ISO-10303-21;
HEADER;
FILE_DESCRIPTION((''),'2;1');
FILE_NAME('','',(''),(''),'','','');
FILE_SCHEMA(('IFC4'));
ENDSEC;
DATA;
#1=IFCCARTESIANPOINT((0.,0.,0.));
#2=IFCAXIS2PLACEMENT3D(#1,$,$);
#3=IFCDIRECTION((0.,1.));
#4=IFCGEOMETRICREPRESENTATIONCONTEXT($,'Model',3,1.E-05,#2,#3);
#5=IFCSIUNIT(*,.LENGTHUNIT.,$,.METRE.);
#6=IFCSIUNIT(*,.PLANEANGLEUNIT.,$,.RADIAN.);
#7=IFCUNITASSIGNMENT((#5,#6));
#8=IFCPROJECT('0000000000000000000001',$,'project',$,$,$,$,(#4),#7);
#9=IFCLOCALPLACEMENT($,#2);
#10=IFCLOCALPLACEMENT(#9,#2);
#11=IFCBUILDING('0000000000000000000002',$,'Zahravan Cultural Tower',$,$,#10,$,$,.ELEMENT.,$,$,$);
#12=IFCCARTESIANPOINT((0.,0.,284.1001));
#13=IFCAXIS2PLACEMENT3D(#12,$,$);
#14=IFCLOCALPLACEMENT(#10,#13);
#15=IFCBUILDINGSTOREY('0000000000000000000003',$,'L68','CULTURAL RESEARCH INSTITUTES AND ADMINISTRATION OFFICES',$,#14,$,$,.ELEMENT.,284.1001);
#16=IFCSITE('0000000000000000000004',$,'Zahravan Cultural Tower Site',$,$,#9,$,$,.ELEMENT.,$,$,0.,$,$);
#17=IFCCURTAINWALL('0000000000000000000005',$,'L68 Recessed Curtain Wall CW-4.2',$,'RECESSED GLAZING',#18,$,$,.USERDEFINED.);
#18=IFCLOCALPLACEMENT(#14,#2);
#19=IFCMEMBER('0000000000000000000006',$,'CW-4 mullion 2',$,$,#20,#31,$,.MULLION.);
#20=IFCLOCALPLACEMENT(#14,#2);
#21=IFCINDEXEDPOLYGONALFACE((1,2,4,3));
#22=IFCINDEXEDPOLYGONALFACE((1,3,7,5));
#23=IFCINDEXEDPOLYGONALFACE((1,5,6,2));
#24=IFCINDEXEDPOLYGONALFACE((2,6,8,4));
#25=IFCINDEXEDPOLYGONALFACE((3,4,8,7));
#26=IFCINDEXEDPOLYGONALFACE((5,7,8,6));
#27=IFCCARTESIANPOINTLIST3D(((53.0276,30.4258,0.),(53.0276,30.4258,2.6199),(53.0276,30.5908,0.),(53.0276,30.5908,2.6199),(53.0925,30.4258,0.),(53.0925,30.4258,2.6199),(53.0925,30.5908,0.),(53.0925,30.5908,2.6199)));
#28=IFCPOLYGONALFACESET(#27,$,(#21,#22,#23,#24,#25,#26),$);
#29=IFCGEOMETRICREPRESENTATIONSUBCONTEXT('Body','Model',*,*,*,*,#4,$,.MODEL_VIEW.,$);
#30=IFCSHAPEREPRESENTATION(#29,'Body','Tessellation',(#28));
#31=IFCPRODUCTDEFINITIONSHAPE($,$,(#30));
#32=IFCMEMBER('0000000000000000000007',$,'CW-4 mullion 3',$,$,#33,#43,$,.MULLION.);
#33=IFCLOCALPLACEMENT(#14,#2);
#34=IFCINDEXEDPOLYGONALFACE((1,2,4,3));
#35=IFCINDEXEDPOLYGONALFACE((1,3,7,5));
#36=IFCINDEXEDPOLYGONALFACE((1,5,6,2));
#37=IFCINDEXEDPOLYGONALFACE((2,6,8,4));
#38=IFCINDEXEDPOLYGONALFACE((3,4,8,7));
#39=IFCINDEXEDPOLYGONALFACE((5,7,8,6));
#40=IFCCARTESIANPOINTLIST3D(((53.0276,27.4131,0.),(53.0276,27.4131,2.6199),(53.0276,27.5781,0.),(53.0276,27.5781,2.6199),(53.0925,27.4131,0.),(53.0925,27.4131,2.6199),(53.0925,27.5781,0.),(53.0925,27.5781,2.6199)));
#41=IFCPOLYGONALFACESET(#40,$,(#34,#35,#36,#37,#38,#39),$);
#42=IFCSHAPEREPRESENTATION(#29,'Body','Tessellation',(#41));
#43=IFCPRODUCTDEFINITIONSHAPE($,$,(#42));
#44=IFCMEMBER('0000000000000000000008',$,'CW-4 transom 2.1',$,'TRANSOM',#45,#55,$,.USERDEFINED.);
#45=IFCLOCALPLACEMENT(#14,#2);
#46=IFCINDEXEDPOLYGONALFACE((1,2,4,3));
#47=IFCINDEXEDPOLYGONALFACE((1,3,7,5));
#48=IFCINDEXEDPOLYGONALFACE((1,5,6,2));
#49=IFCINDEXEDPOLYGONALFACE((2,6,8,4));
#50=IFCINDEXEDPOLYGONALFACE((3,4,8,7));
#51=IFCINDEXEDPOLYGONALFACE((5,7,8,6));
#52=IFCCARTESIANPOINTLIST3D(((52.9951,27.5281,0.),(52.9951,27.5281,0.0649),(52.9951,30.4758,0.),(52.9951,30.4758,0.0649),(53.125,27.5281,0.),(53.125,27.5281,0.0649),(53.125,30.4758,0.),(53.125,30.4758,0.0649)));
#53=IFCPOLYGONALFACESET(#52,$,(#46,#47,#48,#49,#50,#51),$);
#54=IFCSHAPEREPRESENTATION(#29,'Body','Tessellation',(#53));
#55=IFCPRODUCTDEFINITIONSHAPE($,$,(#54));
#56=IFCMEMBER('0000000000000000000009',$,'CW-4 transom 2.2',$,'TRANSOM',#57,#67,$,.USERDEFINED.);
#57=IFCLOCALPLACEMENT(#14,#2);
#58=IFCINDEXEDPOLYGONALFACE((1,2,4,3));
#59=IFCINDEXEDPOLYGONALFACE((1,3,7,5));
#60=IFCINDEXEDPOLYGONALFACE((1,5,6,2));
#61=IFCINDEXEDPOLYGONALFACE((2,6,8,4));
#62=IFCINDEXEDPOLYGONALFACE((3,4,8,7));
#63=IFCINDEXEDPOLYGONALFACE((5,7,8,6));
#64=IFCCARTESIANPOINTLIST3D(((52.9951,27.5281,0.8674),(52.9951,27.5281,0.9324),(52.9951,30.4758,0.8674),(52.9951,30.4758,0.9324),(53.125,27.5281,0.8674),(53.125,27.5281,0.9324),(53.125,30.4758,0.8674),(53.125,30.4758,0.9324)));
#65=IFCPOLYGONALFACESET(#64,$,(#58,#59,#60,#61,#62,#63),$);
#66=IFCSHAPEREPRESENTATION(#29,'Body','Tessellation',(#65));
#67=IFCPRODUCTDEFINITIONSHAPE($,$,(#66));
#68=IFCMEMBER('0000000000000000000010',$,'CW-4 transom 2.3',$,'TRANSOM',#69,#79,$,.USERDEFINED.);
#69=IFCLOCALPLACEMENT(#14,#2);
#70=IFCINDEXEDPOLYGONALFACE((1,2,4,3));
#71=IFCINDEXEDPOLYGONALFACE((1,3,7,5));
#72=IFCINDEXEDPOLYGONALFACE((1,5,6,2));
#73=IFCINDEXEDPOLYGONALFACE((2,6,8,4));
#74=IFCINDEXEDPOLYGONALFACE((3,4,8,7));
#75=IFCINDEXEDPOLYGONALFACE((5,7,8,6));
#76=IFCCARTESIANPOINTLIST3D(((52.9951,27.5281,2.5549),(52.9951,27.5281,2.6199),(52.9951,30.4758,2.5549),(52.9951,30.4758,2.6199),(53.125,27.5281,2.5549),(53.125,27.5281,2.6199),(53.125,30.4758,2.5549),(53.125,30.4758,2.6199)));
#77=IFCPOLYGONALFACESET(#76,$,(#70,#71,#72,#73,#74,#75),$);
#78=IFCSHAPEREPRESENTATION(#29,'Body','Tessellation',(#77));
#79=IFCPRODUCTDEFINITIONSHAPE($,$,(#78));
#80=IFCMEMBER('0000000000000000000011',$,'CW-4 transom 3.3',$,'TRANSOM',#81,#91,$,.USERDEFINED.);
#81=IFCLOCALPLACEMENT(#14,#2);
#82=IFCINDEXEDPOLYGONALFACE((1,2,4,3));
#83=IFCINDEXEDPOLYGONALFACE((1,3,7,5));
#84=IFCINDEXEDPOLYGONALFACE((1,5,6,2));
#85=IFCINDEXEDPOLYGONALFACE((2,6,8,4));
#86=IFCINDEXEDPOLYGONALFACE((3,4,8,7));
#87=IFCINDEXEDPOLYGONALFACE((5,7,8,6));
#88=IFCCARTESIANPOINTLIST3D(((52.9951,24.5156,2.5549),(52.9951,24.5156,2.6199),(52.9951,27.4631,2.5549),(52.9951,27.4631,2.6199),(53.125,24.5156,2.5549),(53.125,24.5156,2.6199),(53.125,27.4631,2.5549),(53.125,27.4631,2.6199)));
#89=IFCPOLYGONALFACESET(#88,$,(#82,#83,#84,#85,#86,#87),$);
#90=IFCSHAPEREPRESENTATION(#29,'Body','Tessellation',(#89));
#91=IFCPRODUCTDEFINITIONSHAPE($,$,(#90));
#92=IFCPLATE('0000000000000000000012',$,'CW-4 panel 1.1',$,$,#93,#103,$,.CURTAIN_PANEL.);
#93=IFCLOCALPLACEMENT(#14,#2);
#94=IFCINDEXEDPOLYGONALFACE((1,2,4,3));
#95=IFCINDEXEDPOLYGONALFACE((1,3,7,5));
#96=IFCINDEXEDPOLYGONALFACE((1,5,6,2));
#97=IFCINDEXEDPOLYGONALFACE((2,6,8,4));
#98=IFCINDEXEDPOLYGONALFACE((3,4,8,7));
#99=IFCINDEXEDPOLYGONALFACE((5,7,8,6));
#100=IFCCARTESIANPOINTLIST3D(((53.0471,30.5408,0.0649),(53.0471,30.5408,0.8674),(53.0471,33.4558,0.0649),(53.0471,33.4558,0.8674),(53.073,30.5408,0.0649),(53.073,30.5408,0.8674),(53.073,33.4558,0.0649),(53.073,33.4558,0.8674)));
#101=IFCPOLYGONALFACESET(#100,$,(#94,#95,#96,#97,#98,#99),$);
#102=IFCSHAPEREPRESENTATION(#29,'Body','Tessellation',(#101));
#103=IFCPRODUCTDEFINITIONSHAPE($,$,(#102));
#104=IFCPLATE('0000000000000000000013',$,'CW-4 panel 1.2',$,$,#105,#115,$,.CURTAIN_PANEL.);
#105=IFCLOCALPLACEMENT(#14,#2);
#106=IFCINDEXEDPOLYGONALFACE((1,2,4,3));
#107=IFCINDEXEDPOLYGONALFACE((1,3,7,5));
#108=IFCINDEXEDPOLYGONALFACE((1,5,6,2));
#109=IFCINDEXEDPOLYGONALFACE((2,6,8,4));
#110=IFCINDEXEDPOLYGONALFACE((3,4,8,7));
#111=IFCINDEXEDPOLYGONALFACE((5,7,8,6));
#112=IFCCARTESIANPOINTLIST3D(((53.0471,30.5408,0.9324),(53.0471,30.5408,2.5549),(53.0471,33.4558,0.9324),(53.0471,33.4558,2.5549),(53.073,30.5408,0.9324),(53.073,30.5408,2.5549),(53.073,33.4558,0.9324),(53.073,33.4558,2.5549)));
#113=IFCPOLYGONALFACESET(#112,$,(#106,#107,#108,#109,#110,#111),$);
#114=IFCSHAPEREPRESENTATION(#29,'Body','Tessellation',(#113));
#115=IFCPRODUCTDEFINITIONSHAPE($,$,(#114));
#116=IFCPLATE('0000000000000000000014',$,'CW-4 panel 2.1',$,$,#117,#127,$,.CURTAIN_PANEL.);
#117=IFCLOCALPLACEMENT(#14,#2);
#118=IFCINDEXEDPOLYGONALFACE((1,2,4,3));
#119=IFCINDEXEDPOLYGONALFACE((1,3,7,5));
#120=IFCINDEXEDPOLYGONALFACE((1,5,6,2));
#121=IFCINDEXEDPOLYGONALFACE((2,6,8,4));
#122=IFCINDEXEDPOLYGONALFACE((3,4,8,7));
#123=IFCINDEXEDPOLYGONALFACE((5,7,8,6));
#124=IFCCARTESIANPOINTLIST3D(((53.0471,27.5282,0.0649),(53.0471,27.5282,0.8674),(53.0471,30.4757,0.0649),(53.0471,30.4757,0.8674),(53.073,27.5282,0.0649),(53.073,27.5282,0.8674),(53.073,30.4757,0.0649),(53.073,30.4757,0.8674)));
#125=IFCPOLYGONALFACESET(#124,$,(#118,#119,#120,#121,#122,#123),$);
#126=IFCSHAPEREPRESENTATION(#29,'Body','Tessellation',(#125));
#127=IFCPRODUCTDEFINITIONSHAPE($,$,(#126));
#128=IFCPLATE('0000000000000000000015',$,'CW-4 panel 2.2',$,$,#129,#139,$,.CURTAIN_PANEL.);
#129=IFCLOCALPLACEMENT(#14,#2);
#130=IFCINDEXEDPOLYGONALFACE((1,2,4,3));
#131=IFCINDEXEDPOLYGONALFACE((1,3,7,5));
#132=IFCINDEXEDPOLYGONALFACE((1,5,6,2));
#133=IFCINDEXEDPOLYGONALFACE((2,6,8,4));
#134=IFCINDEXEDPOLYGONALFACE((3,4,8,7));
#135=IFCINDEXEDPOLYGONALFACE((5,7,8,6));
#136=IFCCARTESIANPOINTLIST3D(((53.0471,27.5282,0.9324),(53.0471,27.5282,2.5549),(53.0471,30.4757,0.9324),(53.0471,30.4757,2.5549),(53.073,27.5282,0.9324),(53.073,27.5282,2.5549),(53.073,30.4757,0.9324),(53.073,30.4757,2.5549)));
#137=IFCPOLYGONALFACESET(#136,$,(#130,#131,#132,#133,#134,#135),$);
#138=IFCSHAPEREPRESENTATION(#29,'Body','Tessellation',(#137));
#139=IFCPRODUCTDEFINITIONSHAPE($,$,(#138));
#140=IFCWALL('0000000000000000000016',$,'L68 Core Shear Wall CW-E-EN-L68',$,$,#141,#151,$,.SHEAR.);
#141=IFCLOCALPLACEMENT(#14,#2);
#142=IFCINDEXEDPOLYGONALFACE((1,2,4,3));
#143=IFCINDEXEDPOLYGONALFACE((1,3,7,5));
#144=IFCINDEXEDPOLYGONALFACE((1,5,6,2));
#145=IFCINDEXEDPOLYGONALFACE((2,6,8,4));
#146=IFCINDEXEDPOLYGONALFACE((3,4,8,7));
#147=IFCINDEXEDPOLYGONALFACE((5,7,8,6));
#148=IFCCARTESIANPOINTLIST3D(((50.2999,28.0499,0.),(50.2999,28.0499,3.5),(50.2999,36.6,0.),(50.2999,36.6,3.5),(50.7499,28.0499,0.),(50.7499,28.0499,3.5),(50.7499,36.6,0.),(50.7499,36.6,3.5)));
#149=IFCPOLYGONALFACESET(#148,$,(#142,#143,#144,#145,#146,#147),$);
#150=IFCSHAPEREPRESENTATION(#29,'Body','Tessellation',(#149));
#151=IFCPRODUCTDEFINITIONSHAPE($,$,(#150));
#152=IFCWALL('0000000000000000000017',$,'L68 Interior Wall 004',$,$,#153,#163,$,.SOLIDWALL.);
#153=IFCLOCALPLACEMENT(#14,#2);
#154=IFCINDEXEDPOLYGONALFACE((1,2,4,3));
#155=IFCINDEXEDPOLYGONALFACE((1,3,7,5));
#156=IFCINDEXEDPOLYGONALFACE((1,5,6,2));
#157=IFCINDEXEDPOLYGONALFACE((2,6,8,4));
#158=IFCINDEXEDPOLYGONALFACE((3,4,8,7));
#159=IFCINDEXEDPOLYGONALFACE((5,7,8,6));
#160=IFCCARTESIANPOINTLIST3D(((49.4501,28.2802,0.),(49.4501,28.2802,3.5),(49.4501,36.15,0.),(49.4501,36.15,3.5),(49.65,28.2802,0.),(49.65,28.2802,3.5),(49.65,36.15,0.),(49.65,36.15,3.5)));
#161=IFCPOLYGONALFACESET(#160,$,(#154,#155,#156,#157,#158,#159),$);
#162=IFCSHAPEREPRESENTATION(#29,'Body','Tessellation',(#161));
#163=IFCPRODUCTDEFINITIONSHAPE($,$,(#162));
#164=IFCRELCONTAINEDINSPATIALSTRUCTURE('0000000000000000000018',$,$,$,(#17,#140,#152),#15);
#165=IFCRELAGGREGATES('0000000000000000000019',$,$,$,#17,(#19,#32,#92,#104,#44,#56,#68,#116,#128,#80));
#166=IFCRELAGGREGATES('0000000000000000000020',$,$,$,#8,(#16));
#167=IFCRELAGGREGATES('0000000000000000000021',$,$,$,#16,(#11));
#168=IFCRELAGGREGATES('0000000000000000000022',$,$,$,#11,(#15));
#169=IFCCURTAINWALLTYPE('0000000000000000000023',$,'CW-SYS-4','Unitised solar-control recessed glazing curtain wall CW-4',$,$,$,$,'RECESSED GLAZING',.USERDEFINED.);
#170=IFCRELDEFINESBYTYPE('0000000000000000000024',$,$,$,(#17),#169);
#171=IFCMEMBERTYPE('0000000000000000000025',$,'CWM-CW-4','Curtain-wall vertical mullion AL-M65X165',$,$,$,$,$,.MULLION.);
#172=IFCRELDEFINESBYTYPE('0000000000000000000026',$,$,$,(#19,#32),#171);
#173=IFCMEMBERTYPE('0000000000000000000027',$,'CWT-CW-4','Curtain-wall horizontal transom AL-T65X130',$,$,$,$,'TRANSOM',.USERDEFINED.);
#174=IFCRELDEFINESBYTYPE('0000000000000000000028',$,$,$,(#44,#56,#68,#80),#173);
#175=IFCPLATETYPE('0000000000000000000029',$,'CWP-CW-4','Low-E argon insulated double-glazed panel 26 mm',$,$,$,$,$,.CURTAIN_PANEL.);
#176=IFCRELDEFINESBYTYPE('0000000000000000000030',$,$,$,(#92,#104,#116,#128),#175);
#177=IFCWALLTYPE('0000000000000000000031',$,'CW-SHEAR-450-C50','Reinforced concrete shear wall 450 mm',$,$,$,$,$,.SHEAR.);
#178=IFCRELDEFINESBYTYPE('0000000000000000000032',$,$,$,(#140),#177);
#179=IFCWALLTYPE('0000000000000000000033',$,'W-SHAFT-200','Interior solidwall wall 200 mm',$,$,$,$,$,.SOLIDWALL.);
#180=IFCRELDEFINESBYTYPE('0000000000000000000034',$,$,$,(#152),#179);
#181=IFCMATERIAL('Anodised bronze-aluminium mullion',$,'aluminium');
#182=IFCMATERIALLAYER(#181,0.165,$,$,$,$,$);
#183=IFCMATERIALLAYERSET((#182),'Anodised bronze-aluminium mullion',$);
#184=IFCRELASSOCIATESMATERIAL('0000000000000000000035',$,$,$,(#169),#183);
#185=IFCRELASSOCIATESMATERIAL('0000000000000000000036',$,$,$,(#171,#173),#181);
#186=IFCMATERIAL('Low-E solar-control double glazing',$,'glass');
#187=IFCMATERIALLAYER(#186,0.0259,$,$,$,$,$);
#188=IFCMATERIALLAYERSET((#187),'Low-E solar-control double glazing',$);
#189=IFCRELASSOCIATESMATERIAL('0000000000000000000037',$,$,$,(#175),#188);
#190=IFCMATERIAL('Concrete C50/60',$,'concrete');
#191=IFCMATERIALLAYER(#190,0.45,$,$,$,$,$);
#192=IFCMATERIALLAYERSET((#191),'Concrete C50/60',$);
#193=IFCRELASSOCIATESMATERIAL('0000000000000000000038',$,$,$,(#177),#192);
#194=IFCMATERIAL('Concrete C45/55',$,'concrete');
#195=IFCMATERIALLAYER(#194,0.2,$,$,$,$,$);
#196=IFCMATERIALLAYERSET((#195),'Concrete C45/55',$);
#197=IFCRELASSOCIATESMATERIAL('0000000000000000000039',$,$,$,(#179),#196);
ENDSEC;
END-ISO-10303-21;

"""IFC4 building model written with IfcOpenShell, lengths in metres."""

from ifc_helpers import new_model, si_unit, direction, frame, frame_2d, origin, origin_2d, place, context, subcontext, project, spatial, rectangle, extrude, source, transform, mapped, material, layer, layer_set, material_profile, profile_set, type_object, element, aggregate, save


model = new_model("IFC4")

# Units and contexts
model_context = context("Model", 3, precision=1e-05, world=origin(), true_north=direction((0.0, 1.0)))
body_context = subcontext(model_context, "Body", "Model", "MODEL_VIEW")
ifc_project = project(units=[si_unit("LENGTHUNIT", "METRE"), si_unit("PLANEANGLEUNIT", "RADIAN")], contexts=[model_context])

# Site, building, storey
site_placement = place(None, origin())
site = spatial("IfcSite", under=ifc_project, at=site_placement, Name="Zahravan Cultural Tower Site", CompositionType="ELEMENT", RefElevation=0.0)
building_placement = place(site_placement, origin())
building = spatial("IfcBuilding", under=site, at=building_placement, Name="Zahravan Cultural Tower", CompositionType="ELEMENT")
storey_placement = place(building_placement, frame((0.0, 0.0, 284.1001)))
storey = spatial("IfcBuildingStorey", under=building, at=storey_placement, Name="L68", Description="CULTURAL RESEARCH INSTITUTES AND ADMINISTRATION OFFICES", CompositionType="ELEMENT", Elevation=284.1001)

# Curtain wall, members, plates
ifc_material_1 = material(Name="Anodised bronze-aluminium mullion", Category="aluminium")
ifc_layer_1 = layer(ifc_material_1, 0.165)
ifc_layer_set_1 = layer_set([ifc_layer_1], Name="Anodised bronze-aluminium mullion")
curtain_wall_type = type_object("IfcCurtainWallType", Name="CW-SYS-4", Description="Unitised solar-control recessed glazing curtain wall CW-4", ElementType="RECESSED GLAZING", PredefinedType="USERDEFINED", material=ifc_layer_set_1)
curtain_wall_placement = place(storey_placement, origin())
curtain_wall = element("IfcCurtainWall", 1, at=curtain_wall_placement, inside=storey, type_object=curtain_wall_type, Name="L68 Recessed Curtain Wall CW-4.2", ObjectType="RECESSED GLAZING", PredefinedType="USERDEFINED")
ifc_material_profile_1 = material_profile(ifc_material_1, rectangle(XDim=0.0649, YDim=0.165, at=origin_2d()), Name="AL-M65X165")
ifc_profile_set_1 = profile_set([ifc_material_profile_1], Name="Anodised bronze-aluminium mullion")
member_type_1 = type_object("IfcMemberType", Name="CWM-CW-4", Description="Curtain-wall vertical mullion AL-M65X165", PredefinedType="MULLION", material=ifc_profile_set_1)
shared_shape_1 = source(origin(), body_context, "Body", "SweptSolid", [
    extrude(rectangle(XDim=0.0649, YDim=0.165, at=origin_2d()), origin(), (0.0, 0.0, 1.0), 2.6199),
])
member_1_placement = place(storey_placement, frame((53.0601, 30.5083, 0.0), z_axis=(0.0, 0.0, 1.0), x_axis=(1.0, 0.0, 0.0)))
member_1 = element("IfcMember", 2, at=member_1_placement, type_object=member_type_1, Name="CW-4 mullion 2", PredefinedType="MULLION", context=body_context, shape_type="MappedRepresentation", body=[
    mapped(shared_shape_1, transform((0.0, 0.0, 0.0), x_axis=(1.0, 0.0, 0.0), y_axis=(0.0, 1.0, 0.0), z_axis=(0.0, 0.0, 1.0), scale=1.0)),
])
member_2_placement = place(storey_placement, frame((53.0601, 27.4956, 0.0), z_axis=(0.0, 0.0, 1.0), x_axis=(1.0, 0.0, 0.0)))
member_2 = element("IfcMember", 3, at=member_2_placement, type_object=member_type_1, Name="CW-4 mullion 3", PredefinedType="MULLION", context=body_context, shape_type="MappedRepresentation", body=[
    mapped(shared_shape_1, transform((0.0, 0.0, 0.0), x_axis=(1.0, 0.0, 0.0), y_axis=(0.0, 1.0, 0.0), z_axis=(0.0, 0.0, 1.0), scale=1.0)),
])
ifc_material_profile_2 = material_profile(ifc_material_1, rectangle(XDim=0.1299, YDim=0.0649, at=origin_2d()), Name="AL-T65X130")
ifc_profile_set_2 = profile_set([ifc_material_profile_2], Name="Anodised bronze-aluminium mullion")
member_type_2 = type_object("IfcMemberType", Name="CWT-CW-4", Description="Curtain-wall horizontal transom AL-T65X130", ElementType="TRANSOM", PredefinedType="USERDEFINED", material=ifc_profile_set_2)
shared_shape_2 = source(origin(), body_context, "Body", "SweptSolid", [
    extrude(rectangle(XDim=0.1299, YDim=0.0649, at=origin_2d()), origin(), (0.0, 0.0, 1.0), 2.9478),
])
member_3_placement = place(storey_placement, frame((53.0601, 30.4758, 0.0325), z_axis=(0.0, -1.0, 0.0), x_axis=(1.0, 0.0, 0.0)))
member_3 = element("IfcMember", 4, at=member_3_placement, type_object=member_type_2, Name="CW-4 transom 2.1", ObjectType="TRANSOM", PredefinedType="USERDEFINED", context=body_context, shape_type="MappedRepresentation", body=[
    mapped(shared_shape_2, transform((0.0, 0.0, 0.0), x_axis=(1.0, 0.0, 0.0), y_axis=(0.0, 1.0, 0.0), z_axis=(0.0, 0.0, 1.0), scale=1.0)),
])
member_4_placement = place(storey_placement, frame((53.0601, 30.4758, 0.8999), z_axis=(0.0, -1.0, 0.0), x_axis=(1.0, 0.0, 0.0)))
member_4 = element("IfcMember", 5, at=member_4_placement, type_object=member_type_2, Name="CW-4 transom 2.2", ObjectType="TRANSOM", PredefinedType="USERDEFINED", context=body_context, shape_type="MappedRepresentation", body=[
    mapped(shared_shape_2, transform((0.0, 0.0, 0.0), x_axis=(1.0, 0.0, 0.0), y_axis=(0.0, 1.0, 0.0), z_axis=(0.0, 0.0, 1.0), scale=1.0)),
])
member_5_placement = place(storey_placement, frame((53.0601, 30.4758, 2.5874), z_axis=(0.0, -1.0, 0.0), x_axis=(1.0, 0.0, 0.0)))
member_5 = element("IfcMember", 6, at=member_5_placement, type_object=member_type_2, Name="CW-4 transom 2.3", ObjectType="TRANSOM", PredefinedType="USERDEFINED", context=body_context, shape_type="MappedRepresentation", body=[
    mapped(shared_shape_2, transform((0.0, 0.0, 0.0), x_axis=(1.0, 0.0, 0.0), y_axis=(0.0, 1.0, 0.0), z_axis=(0.0, 0.0, 1.0), scale=1.0)),
])
shared_shape_3 = source(origin(), body_context, "Body", "SweptSolid", [
    extrude(rectangle(XDim=0.1299, YDim=0.0649, at=origin_2d()), origin(), (0.0, 0.0, 1.0), 2.9475),
])
member_6_placement = place(storey_placement, frame((53.0601, 27.4631, 2.5874), z_axis=(0.0, -1.0, 0.0), x_axis=(1.0, 0.0, 0.0)))
member_6 = element("IfcMember", 7, at=member_6_placement, type_object=member_type_2, Name="CW-4 transom 3.3", ObjectType="TRANSOM", PredefinedType="USERDEFINED", context=body_context, shape_type="MappedRepresentation", body=[
    mapped(shared_shape_3, transform((0.0, 0.0, 0.0), x_axis=(1.0, 0.0, 0.0), y_axis=(0.0, 1.0, 0.0), z_axis=(0.0, 0.0, 1.0), scale=1.0)),
])
ifc_material_2 = material(Name="Low-E solar-control double glazing", Category="glass")
ifc_layer_2 = layer(ifc_material_2, 0.0259)
ifc_layer_set_2 = layer_set([ifc_layer_2], Name="Low-E solar-control double glazing")
plate_type = type_object("IfcPlateType", Name="CWP-CW-4", Description="Low-E argon insulated double-glazed panel 26 mm", PredefinedType="CURTAIN_PANEL", material=ifc_layer_set_2)
shared_shape_4 = source(origin(), body_context, "Body", "SweptSolid", [
    extrude(rectangle(XDim=2.915, YDim=0.0259, at=origin_2d()), origin(), (0.0, 0.0, 1.0), 0.8025),
])
plate_1_placement = place(storey_placement, frame((53.0601, 31.9983, 0.0649), z_axis=(0.0, 0.0, 1.0), x_axis=(0.0, -1.0, 0.0)))
plate_1 = element("IfcPlate", 8, at=plate_1_placement, type_object=plate_type, Name="CW-4 panel 1.1", PredefinedType="CURTAIN_PANEL", context=body_context, shape_type="MappedRepresentation", body=[
    mapped(shared_shape_4, transform((0.0, 0.0, 0.0), x_axis=(1.0, 0.0, 0.0), y_axis=(0.0, 1.0, 0.0), z_axis=(0.0, 0.0, 1.0), scale=1.0)),
])
shared_shape_5 = source(origin(), body_context, "Body", "SweptSolid", [
    extrude(rectangle(XDim=2.915, YDim=0.0259, at=origin_2d()), origin(), (0.0, 0.0, 1.0), 1.6226),
])
plate_2_placement = place(storey_placement, frame((53.0601, 31.9983, 0.9324), z_axis=(0.0, 0.0, 1.0), x_axis=(0.0, -1.0, 0.0)))
plate_2 = element("IfcPlate", 9, at=plate_2_placement, type_object=plate_type, Name="CW-4 panel 1.2", PredefinedType="CURTAIN_PANEL", context=body_context, shape_type="MappedRepresentation", body=[
    mapped(shared_shape_5, transform((0.0, 0.0, 0.0), x_axis=(1.0, 0.0, 0.0), y_axis=(0.0, 1.0, 0.0), z_axis=(0.0, 0.0, 1.0), scale=1.0)),
])
shared_shape_6 = source(origin(), body_context, "Body", "SweptSolid", [
    extrude(rectangle(XDim=2.9475, YDim=0.0259, at=origin_2d()), origin(), (0.0, 0.0, 1.0), 0.8025),
])
plate_3_placement = place(storey_placement, frame((53.0601, 29.002, 0.0649), z_axis=(0.0, 0.0, 1.0), x_axis=(0.0, -1.0, 0.0)))
plate_3 = element("IfcPlate", 10, at=plate_3_placement, type_object=plate_type, Name="CW-4 panel 2.1", PredefinedType="CURTAIN_PANEL", context=body_context, shape_type="MappedRepresentation", body=[
    mapped(shared_shape_6, transform((0.0, 0.0, 0.0), x_axis=(1.0, 0.0, 0.0), y_axis=(0.0, 1.0, 0.0), z_axis=(0.0, 0.0, 1.0), scale=1.0)),
])
shared_shape_7 = source(origin(), body_context, "Body", "SweptSolid", [
    extrude(rectangle(XDim=2.9475, YDim=0.0259, at=origin_2d()), origin(), (0.0, 0.0, 1.0), 1.6226),
])
plate_4_placement = place(storey_placement, frame((53.0601, 29.002, 0.9324), z_axis=(0.0, 0.0, 1.0), x_axis=(0.0, -1.0, 0.0)))
plate_4 = element("IfcPlate", 11, at=plate_4_placement, type_object=plate_type, Name="CW-4 panel 2.2", PredefinedType="CURTAIN_PANEL", context=body_context, shape_type="MappedRepresentation", body=[
    mapped(shared_shape_7, transform((0.0, 0.0, 0.0), x_axis=(1.0, 0.0, 0.0), y_axis=(0.0, 1.0, 0.0), z_axis=(0.0, 0.0, 1.0), scale=1.0)),
])
aggregate(curtain_wall, [member_1, member_2, plate_1, plate_2, member_3, member_4, member_5, plate_3, plate_4, member_6])

# Walls
ifc_material_3 = material(Name="Concrete C50/60", Category="concrete")
ifc_layer_3 = layer(ifc_material_3, 0.45)
ifc_layer_set_3 = layer_set([ifc_layer_3], Name="Concrete C50/60")
wall_type_1 = type_object("IfcWallType", Name="CW-SHEAR-450-C50", Description="Reinforced concrete shear wall 450 mm", PredefinedType="SHEAR", material=ifc_layer_set_3)
shared_shape_8 = source(origin(), body_context, "Body", "SweptSolid", [
    extrude(rectangle(XDim=8.55, YDim=0.45, at=frame_2d((4.2749, 0.0))), origin(), (0.0, 0.0, 1.0), 3.5),
])
wall_1_placement = place(storey_placement, frame((50.5249, 28.05, 0.0), z_axis=(0.0, 0.0, 1.0), x_axis=(0.0, 1.0, 0.0)))
element("IfcWall", 12, at=wall_1_placement, inside=storey, type_object=wall_type_1, Name="L68 Core Shear Wall CW-E-EN-L68", PredefinedType="SHEAR", context=body_context, shape_type="MappedRepresentation", body=[
    mapped(shared_shape_8, transform((0.0, 0.0, 0.0), x_axis=(1.0, 0.0, 0.0), y_axis=(0.0, 1.0, 0.0), z_axis=(0.0, 0.0, 1.0), scale=1.0)),
])
ifc_material_4 = material(Name="Concrete C45/55", Category="concrete")
ifc_layer_4 = layer(ifc_material_4, 0.2)
ifc_layer_set_4 = layer_set([ifc_layer_4], Name="Concrete C45/55")
wall_type_2 = type_object("IfcWallType", Name="W-SHAFT-200", Description="Interior solidwall wall 200 mm", PredefinedType="SOLIDWALL", material=ifc_layer_set_4)
shared_shape_9 = source(origin(), body_context, "Body", "SweptSolid", [
    extrude(rectangle(XDim=7.8699, YDim=0.2, at=frame_2d((3.9351, 0.0))), origin(), (0.0, 0.0, 1.0), 3.5),
])
wall_2_placement = place(storey_placement, frame((49.55, 28.28, 0.0), z_axis=(0.0, 0.0, 1.0), x_axis=(0.0, 1.0, 0.0)))
element("IfcWall", 13, at=wall_2_placement, inside=storey, type_object=wall_type_2, Name="L68 Interior Wall 004", PredefinedType="SOLIDWALL", context=body_context, shape_type="MappedRepresentation", body=[
    mapped(shared_shape_9, transform((0.0, 0.0, 0.0), x_axis=(1.0, 0.0, 0.0), y_axis=(0.0, 1.0, 0.0), z_axis=(0.0, 0.0, 1.0), scale=1.0)),
])

save(model, "model.ifc")
